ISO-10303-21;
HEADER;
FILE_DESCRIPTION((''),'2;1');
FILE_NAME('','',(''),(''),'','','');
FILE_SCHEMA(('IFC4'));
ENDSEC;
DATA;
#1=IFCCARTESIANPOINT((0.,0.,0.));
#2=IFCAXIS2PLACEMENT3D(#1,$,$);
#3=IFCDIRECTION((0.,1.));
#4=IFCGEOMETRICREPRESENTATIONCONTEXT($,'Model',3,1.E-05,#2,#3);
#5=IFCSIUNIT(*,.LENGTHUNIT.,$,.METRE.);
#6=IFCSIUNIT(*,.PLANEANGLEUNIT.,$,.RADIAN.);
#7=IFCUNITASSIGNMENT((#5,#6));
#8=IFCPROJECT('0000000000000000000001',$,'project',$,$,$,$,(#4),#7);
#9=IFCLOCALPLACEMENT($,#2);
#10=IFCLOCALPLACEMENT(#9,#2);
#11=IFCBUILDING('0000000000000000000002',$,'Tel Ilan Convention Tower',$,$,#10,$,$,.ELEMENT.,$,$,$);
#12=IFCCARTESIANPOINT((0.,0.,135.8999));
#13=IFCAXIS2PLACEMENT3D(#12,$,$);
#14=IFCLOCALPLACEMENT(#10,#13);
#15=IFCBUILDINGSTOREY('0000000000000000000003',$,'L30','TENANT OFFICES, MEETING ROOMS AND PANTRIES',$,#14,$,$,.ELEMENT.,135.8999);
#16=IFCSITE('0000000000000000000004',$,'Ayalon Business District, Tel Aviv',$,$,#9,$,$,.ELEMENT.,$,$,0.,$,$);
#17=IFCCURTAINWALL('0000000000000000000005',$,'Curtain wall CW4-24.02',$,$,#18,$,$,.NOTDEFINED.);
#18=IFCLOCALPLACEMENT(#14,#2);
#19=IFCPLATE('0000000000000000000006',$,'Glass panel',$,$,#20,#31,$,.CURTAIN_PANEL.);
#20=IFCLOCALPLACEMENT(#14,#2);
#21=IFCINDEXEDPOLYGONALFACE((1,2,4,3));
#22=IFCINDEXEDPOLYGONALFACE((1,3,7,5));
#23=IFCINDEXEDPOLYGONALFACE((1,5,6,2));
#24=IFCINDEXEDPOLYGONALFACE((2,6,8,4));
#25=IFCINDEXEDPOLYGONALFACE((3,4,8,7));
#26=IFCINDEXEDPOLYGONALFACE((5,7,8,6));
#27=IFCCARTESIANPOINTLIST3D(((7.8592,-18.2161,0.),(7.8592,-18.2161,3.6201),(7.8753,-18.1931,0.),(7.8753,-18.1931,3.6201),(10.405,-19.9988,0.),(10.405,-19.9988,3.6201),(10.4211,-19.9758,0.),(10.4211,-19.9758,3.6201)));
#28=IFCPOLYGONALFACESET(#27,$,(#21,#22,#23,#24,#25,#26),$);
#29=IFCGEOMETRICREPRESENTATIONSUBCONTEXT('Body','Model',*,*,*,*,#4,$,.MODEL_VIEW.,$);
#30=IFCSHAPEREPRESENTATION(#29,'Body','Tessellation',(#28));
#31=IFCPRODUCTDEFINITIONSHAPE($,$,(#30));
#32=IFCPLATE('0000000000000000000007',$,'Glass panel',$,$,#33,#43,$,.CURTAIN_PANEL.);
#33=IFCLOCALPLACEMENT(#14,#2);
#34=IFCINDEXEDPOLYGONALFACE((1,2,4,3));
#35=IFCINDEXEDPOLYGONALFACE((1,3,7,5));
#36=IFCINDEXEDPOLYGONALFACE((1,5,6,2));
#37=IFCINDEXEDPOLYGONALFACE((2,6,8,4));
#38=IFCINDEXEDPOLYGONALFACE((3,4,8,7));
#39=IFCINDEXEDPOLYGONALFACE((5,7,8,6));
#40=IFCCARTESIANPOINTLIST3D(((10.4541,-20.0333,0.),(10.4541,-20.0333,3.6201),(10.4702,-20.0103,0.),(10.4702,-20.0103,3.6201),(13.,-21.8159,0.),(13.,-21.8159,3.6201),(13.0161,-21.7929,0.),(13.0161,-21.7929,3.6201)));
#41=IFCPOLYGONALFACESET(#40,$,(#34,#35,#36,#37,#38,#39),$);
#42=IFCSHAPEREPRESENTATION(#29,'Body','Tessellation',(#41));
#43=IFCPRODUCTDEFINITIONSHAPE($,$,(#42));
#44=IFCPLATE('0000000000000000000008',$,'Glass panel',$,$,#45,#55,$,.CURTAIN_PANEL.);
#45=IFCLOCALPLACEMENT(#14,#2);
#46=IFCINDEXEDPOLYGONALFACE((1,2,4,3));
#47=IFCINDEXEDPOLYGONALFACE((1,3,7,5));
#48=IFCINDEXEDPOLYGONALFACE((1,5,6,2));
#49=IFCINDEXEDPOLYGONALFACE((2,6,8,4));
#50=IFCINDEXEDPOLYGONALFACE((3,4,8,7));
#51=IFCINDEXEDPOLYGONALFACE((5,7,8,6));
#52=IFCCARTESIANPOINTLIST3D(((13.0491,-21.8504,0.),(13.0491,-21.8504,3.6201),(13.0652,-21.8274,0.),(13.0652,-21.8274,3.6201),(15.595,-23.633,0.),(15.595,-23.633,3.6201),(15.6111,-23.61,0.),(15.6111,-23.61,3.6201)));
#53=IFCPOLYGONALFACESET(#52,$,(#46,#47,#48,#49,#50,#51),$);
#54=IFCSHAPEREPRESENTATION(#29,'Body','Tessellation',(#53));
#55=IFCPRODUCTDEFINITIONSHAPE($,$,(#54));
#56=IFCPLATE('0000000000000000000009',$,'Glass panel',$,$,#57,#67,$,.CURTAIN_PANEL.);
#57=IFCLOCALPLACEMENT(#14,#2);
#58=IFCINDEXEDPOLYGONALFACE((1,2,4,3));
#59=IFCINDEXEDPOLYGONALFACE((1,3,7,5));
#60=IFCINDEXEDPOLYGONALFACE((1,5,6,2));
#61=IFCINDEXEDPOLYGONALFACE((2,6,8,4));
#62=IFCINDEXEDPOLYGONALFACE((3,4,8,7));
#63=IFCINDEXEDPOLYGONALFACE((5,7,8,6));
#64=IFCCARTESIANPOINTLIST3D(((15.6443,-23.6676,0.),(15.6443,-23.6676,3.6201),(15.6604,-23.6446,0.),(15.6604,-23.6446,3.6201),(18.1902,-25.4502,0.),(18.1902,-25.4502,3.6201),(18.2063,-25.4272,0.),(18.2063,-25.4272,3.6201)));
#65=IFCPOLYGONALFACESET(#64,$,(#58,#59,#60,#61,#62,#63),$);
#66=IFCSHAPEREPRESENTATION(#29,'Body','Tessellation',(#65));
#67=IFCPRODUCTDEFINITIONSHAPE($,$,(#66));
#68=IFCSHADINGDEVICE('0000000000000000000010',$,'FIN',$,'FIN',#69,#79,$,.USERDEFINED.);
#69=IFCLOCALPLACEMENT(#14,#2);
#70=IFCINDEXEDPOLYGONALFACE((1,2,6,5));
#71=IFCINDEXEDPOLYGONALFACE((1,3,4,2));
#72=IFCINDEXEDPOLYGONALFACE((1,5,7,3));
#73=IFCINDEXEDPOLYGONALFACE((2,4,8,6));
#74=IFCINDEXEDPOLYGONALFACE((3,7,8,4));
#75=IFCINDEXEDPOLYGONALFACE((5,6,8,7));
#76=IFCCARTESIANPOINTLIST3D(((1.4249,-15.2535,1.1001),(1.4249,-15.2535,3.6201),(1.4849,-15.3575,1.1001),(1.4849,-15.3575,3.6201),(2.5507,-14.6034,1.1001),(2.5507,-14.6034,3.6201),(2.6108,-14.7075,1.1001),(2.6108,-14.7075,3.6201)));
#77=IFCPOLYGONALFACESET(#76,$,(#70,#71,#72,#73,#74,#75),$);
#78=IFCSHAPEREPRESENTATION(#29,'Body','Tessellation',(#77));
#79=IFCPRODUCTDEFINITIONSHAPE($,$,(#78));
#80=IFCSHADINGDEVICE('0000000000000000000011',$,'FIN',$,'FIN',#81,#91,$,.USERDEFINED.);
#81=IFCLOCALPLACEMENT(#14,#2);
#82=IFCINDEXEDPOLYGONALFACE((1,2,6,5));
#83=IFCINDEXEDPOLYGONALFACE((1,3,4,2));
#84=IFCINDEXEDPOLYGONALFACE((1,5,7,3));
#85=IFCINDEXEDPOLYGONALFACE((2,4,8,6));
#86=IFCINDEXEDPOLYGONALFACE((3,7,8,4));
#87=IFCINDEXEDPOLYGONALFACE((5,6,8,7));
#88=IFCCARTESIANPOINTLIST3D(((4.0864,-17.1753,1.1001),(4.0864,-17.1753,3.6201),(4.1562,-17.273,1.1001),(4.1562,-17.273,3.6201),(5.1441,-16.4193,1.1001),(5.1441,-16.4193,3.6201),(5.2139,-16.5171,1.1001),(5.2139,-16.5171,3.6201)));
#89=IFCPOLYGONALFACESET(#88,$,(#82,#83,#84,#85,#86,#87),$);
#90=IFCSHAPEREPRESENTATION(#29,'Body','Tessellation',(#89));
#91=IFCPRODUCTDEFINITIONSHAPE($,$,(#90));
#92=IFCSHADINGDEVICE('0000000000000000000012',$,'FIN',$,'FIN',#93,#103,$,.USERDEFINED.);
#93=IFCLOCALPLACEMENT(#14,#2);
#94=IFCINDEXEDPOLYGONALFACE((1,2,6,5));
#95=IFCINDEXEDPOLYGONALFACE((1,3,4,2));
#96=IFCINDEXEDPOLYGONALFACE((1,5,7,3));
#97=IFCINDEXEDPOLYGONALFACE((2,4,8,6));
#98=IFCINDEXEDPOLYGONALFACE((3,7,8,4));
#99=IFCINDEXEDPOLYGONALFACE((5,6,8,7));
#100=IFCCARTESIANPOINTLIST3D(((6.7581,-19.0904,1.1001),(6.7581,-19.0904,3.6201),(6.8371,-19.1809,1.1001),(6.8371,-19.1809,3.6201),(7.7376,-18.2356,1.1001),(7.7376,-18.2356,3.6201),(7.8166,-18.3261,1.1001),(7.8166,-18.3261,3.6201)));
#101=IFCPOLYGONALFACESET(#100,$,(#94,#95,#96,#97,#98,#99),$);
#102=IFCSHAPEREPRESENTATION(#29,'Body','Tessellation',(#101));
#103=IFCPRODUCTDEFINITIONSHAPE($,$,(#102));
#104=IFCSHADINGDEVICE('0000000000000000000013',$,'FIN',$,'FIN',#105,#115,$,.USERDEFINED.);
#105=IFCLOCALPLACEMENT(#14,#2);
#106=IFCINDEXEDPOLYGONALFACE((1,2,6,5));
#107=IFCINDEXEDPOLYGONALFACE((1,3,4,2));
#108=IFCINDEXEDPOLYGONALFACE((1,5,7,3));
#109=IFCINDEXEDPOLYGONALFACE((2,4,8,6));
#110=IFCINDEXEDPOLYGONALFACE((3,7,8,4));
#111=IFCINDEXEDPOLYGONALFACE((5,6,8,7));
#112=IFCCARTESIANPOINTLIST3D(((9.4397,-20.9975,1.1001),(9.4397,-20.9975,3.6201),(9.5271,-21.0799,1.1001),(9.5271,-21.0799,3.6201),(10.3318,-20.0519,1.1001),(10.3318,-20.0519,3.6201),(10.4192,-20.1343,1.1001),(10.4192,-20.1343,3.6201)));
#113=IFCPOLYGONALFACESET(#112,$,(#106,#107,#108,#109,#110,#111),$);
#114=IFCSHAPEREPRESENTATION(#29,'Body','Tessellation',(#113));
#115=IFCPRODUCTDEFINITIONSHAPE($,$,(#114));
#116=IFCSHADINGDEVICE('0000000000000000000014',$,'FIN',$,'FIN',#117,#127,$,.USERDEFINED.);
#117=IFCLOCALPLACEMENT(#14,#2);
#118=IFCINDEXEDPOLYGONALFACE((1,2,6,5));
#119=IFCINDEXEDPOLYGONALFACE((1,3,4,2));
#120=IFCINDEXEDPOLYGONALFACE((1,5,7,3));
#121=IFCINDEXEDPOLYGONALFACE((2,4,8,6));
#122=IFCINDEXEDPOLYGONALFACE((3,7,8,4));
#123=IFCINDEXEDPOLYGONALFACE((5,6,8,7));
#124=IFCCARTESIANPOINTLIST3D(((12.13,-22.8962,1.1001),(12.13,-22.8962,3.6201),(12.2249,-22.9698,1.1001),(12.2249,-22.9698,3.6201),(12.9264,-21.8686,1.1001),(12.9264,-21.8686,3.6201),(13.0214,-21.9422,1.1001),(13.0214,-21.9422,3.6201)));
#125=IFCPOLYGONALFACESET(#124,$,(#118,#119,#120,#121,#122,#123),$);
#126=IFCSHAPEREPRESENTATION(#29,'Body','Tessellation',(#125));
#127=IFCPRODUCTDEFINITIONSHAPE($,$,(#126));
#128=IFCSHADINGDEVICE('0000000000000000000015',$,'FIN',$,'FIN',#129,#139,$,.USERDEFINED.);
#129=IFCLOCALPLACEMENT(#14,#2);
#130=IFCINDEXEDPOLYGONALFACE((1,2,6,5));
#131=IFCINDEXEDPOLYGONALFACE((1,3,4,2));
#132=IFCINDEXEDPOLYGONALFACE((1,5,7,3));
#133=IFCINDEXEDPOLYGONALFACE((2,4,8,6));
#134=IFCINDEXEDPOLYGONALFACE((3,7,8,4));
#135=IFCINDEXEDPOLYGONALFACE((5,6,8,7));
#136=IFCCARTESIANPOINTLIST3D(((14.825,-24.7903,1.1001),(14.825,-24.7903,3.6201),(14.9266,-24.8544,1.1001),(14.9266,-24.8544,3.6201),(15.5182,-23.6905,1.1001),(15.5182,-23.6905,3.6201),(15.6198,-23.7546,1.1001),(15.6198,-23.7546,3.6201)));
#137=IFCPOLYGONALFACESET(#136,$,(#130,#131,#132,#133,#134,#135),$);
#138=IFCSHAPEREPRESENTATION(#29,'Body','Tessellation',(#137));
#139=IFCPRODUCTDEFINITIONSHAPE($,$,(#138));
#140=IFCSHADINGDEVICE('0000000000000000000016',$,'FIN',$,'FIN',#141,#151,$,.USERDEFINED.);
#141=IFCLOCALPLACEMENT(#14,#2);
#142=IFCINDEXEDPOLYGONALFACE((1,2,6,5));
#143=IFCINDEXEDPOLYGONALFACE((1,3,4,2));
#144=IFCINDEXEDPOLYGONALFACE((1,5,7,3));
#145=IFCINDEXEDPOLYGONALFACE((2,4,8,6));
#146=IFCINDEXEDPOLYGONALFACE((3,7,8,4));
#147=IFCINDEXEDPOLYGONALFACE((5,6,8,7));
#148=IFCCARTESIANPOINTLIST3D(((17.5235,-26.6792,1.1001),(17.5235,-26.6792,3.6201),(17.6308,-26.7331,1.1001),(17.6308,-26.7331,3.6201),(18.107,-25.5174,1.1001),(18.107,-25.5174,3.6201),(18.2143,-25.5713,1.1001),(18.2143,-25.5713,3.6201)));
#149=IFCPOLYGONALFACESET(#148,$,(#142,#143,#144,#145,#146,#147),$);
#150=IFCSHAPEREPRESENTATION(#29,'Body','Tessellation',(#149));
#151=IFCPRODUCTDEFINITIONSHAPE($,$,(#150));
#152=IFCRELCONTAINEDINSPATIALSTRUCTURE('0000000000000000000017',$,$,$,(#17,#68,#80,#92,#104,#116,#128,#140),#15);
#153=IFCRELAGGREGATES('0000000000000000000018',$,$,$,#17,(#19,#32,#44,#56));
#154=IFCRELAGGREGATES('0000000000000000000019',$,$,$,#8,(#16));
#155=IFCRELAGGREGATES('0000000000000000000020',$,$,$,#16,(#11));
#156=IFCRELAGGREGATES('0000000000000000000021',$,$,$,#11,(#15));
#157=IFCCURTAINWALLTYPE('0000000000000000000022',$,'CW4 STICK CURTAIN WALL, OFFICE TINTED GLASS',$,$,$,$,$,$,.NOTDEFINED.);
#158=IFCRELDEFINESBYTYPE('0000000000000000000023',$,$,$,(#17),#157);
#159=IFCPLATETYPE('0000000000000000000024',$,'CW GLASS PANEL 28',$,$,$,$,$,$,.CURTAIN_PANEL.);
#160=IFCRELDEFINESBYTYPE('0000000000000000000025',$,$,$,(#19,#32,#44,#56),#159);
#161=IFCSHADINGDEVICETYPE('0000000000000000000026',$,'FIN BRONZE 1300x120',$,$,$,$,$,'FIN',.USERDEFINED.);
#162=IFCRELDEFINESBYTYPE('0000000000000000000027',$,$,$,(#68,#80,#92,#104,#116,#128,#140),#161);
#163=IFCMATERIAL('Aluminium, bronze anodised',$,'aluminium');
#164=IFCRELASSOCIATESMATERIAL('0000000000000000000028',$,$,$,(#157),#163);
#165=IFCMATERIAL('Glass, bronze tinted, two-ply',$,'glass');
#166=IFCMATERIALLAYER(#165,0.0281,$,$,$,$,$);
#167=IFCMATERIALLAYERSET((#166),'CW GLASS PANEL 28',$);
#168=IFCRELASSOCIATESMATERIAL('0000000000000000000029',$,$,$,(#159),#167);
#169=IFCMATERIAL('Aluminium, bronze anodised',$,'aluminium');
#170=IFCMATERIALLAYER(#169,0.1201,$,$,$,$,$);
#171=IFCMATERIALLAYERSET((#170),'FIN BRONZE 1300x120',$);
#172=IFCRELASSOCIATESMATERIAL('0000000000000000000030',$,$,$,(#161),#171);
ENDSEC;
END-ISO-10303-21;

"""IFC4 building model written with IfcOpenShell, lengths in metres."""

from ifc_helpers import new_model, si_unit, direction, frame, origin, origin_2d, place, context, subcontext, project, spatial, rectangle, extrude, material, layer, layer_set, type_object, element, aggregate, save


model = new_model("IFC4")

# Units and contexts
model_context = context("Model", 3, precision=1e-05, world=origin(), true_north=direction((0.0, 1.0)))
body_context = subcontext(model_context, "Body", "Model", "MODEL_VIEW")
ifc_project = project(units=[si_unit("LENGTHUNIT", "METRE"), si_unit("PLANEANGLEUNIT", "RADIAN")], contexts=[model_context])

# Site, building, storey
site_placement = place(None, origin())
site = spatial("IfcSite", under=ifc_project, at=site_placement, Name="Ayalon Business District, Tel Aviv", CompositionType="ELEMENT", RefElevation=0.0)
building_placement = place(site_placement, origin())
building = spatial("IfcBuilding", under=site, at=building_placement, Name="Tel Ilan Convention Tower", CompositionType="ELEMENT")
storey_placement = place(building_placement, frame((0.0, 0.0, 135.8999)))
storey = spatial("IfcBuildingStorey", under=building, at=storey_placement, Name="L30", Description="TENANT OFFICES, MEETING ROOMS AND PANTRIES", CompositionType="ELEMENT", Elevation=135.8999)

# Curtain wall, plates
ifc_material_1 = material(Name="Aluminium, bronze anodised", Category="aluminium")
curtain_wall_type = type_object("IfcCurtainWallType", Name="CW4 STICK CURTAIN WALL, OFFICE TINTED GLASS", PredefinedType="NOTDEFINED", material=ifc_material_1)
curtain_wall_placement = place(storey_placement, origin())
curtain_wall = element("IfcCurtainWall", 1, at=curtain_wall_placement, inside=storey, type_object=curtain_wall_type, Name="Curtain wall CW4-24.02", PredefinedType="NOTDEFINED")
ifc_material_2 = material(Name="Glass, bronze tinted, two-ply", Category="glass")
ifc_layer_1 = layer(ifc_material_2, 0.0281)
ifc_layer_set_1 = layer_set([ifc_layer_1], Name="CW GLASS PANEL 28")
plate_type = type_object("IfcPlateType", Name="CW GLASS PANEL 28", PredefinedType="CURTAIN_PANEL", material=ifc_layer_set_1)
plate_1_placement = place(storey_placement, frame((9.1401, -19.0959, 0.0), z_axis=(0.0, 0.0, 1.0), x_axis=(0.819152, -0.573576, 0.0)))
plate_1 = element("IfcPlate", 2, at=plate_1_placement, type_object=plate_type, Name="Glass panel", PredefinedType="CURTAIN_PANEL", context=body_context, shape_type="SweptSolid", body=[
    extrude(rectangle(XDim=3.1079, YDim=0.0281, at=origin_2d()), origin(), (0.0, 0.0, 1.0), 3.6201),
])
plate_2_placement = place(storey_placement, frame((11.7351, -20.9131, 0.0), z_axis=(0.0, 0.0, 1.0), x_axis=(0.819152, -0.573576, 0.0)))
plate_2 = element("IfcPlate", 3, at=plate_2_placement, type_object=plate_type, Name="Glass panel", PredefinedType="CURTAIN_PANEL", context=body_context, shape_type="SweptSolid", body=[
    extrude(rectangle(XDim=3.1079, YDim=0.0281, at=origin_2d()), origin(), (0.0, 0.0, 1.0), 3.6201),
])
plate_3_placement = place(storey_placement, frame((14.3301, -22.7302, 0.0), z_axis=(0.0, 0.0, 1.0), x_axis=(0.819152, -0.573576, 0.0)))
plate_3 = element("IfcPlate", 4, at=plate_3_placement, type_object=plate_type, Name="Glass panel", PredefinedType="CURTAIN_PANEL", context=body_context, shape_type="SweptSolid", body=[
    extrude(rectangle(XDim=3.1079, YDim=0.0281, at=origin_2d()), origin(), (0.0, 0.0, 1.0), 3.6201),
])
plate_4_placement = place(storey_placement, frame((16.9253, -24.5474, 0.0), z_axis=(0.0, 0.0, 1.0), x_axis=(0.819152, -0.573576, 0.0)))
plate_4 = element("IfcPlate", 5, at=plate_4_placement, type_object=plate_type, Name="Glass panel", PredefinedType="CURTAIN_PANEL", context=body_context, shape_type="SweptSolid", body=[
    extrude(rectangle(XDim=3.1079, YDim=0.0281, at=origin_2d()), origin(), (0.0, 0.0, 1.0), 3.6201),
])
aggregate(curtain_wall, [plate_1, plate_2, plate_3, plate_4])

# Shading devices
ifc_material_3 = material(Name="Aluminium, bronze anodised", Category="aluminium")
ifc_layer_2 = layer(ifc_material_3, 0.1201)
ifc_layer_set_2 = layer_set([ifc_layer_2], Name="FIN BRONZE 1300x120")
shading_device_type = type_object("IfcShadingDeviceType", Name="FIN BRONZE 1300x120", ElementType="FIN", PredefinedType="USERDEFINED", material=ifc_layer_set_2)
for number, where, z_axis, x_axis, name in (
    (6, (2.0178, -14.9805, 1.1001), (0.0, 0.0, 1.0), (-0.866025, -0.5, 0.0), "FIN"),
    (7, (4.6501, -16.8462, 1.1001), (0.0, 0.0, 1.0), (-0.813552, -0.581492, 0.0), "FIN"),
    (8, (7.2874, -18.7083, 1.1001), (0.0, 0.0, 1.0), (-0.753436, -0.657521, 0.0), "FIN"),
    (9, (9.9294, -20.5659, 1.1001), (0.0, 0.0, 1.0), (-0.686242, -0.727374, 0.0), "FIN"),
    (10, (12.5757, -22.4192, 1.1001), (0.0, 0.0, 1.0), (-0.612601, -0.790393, 0.0), "FIN"),
    (11, (15.2224, -24.2725, 1.1001), (0.0, 0.0, 1.0), (-0.533204, -0.845986, 0.0), "FIN"),
    (12, (17.8689, -26.1252, 1.1001), (0.0, 0.0, 1.0), (-0.448799, -0.893633, 0.0), "FIN"),
):
    element("IfcShadingDevice", number, at=place(storey_placement, frame(where, z_axis=z_axis, x_axis=x_axis)), inside=storey, type_object=shading_device_type, Name=name, ObjectType="FIN", PredefinedType="USERDEFINED", context=body_context, shape_type="SweptSolid", body=[
        extrude(rectangle(XDim=1.3, YDim=0.1201, at=origin_2d()), origin(), (0.0, 0.0, 1.0), 2.52),
    ])

save(model, "model.ifc")
